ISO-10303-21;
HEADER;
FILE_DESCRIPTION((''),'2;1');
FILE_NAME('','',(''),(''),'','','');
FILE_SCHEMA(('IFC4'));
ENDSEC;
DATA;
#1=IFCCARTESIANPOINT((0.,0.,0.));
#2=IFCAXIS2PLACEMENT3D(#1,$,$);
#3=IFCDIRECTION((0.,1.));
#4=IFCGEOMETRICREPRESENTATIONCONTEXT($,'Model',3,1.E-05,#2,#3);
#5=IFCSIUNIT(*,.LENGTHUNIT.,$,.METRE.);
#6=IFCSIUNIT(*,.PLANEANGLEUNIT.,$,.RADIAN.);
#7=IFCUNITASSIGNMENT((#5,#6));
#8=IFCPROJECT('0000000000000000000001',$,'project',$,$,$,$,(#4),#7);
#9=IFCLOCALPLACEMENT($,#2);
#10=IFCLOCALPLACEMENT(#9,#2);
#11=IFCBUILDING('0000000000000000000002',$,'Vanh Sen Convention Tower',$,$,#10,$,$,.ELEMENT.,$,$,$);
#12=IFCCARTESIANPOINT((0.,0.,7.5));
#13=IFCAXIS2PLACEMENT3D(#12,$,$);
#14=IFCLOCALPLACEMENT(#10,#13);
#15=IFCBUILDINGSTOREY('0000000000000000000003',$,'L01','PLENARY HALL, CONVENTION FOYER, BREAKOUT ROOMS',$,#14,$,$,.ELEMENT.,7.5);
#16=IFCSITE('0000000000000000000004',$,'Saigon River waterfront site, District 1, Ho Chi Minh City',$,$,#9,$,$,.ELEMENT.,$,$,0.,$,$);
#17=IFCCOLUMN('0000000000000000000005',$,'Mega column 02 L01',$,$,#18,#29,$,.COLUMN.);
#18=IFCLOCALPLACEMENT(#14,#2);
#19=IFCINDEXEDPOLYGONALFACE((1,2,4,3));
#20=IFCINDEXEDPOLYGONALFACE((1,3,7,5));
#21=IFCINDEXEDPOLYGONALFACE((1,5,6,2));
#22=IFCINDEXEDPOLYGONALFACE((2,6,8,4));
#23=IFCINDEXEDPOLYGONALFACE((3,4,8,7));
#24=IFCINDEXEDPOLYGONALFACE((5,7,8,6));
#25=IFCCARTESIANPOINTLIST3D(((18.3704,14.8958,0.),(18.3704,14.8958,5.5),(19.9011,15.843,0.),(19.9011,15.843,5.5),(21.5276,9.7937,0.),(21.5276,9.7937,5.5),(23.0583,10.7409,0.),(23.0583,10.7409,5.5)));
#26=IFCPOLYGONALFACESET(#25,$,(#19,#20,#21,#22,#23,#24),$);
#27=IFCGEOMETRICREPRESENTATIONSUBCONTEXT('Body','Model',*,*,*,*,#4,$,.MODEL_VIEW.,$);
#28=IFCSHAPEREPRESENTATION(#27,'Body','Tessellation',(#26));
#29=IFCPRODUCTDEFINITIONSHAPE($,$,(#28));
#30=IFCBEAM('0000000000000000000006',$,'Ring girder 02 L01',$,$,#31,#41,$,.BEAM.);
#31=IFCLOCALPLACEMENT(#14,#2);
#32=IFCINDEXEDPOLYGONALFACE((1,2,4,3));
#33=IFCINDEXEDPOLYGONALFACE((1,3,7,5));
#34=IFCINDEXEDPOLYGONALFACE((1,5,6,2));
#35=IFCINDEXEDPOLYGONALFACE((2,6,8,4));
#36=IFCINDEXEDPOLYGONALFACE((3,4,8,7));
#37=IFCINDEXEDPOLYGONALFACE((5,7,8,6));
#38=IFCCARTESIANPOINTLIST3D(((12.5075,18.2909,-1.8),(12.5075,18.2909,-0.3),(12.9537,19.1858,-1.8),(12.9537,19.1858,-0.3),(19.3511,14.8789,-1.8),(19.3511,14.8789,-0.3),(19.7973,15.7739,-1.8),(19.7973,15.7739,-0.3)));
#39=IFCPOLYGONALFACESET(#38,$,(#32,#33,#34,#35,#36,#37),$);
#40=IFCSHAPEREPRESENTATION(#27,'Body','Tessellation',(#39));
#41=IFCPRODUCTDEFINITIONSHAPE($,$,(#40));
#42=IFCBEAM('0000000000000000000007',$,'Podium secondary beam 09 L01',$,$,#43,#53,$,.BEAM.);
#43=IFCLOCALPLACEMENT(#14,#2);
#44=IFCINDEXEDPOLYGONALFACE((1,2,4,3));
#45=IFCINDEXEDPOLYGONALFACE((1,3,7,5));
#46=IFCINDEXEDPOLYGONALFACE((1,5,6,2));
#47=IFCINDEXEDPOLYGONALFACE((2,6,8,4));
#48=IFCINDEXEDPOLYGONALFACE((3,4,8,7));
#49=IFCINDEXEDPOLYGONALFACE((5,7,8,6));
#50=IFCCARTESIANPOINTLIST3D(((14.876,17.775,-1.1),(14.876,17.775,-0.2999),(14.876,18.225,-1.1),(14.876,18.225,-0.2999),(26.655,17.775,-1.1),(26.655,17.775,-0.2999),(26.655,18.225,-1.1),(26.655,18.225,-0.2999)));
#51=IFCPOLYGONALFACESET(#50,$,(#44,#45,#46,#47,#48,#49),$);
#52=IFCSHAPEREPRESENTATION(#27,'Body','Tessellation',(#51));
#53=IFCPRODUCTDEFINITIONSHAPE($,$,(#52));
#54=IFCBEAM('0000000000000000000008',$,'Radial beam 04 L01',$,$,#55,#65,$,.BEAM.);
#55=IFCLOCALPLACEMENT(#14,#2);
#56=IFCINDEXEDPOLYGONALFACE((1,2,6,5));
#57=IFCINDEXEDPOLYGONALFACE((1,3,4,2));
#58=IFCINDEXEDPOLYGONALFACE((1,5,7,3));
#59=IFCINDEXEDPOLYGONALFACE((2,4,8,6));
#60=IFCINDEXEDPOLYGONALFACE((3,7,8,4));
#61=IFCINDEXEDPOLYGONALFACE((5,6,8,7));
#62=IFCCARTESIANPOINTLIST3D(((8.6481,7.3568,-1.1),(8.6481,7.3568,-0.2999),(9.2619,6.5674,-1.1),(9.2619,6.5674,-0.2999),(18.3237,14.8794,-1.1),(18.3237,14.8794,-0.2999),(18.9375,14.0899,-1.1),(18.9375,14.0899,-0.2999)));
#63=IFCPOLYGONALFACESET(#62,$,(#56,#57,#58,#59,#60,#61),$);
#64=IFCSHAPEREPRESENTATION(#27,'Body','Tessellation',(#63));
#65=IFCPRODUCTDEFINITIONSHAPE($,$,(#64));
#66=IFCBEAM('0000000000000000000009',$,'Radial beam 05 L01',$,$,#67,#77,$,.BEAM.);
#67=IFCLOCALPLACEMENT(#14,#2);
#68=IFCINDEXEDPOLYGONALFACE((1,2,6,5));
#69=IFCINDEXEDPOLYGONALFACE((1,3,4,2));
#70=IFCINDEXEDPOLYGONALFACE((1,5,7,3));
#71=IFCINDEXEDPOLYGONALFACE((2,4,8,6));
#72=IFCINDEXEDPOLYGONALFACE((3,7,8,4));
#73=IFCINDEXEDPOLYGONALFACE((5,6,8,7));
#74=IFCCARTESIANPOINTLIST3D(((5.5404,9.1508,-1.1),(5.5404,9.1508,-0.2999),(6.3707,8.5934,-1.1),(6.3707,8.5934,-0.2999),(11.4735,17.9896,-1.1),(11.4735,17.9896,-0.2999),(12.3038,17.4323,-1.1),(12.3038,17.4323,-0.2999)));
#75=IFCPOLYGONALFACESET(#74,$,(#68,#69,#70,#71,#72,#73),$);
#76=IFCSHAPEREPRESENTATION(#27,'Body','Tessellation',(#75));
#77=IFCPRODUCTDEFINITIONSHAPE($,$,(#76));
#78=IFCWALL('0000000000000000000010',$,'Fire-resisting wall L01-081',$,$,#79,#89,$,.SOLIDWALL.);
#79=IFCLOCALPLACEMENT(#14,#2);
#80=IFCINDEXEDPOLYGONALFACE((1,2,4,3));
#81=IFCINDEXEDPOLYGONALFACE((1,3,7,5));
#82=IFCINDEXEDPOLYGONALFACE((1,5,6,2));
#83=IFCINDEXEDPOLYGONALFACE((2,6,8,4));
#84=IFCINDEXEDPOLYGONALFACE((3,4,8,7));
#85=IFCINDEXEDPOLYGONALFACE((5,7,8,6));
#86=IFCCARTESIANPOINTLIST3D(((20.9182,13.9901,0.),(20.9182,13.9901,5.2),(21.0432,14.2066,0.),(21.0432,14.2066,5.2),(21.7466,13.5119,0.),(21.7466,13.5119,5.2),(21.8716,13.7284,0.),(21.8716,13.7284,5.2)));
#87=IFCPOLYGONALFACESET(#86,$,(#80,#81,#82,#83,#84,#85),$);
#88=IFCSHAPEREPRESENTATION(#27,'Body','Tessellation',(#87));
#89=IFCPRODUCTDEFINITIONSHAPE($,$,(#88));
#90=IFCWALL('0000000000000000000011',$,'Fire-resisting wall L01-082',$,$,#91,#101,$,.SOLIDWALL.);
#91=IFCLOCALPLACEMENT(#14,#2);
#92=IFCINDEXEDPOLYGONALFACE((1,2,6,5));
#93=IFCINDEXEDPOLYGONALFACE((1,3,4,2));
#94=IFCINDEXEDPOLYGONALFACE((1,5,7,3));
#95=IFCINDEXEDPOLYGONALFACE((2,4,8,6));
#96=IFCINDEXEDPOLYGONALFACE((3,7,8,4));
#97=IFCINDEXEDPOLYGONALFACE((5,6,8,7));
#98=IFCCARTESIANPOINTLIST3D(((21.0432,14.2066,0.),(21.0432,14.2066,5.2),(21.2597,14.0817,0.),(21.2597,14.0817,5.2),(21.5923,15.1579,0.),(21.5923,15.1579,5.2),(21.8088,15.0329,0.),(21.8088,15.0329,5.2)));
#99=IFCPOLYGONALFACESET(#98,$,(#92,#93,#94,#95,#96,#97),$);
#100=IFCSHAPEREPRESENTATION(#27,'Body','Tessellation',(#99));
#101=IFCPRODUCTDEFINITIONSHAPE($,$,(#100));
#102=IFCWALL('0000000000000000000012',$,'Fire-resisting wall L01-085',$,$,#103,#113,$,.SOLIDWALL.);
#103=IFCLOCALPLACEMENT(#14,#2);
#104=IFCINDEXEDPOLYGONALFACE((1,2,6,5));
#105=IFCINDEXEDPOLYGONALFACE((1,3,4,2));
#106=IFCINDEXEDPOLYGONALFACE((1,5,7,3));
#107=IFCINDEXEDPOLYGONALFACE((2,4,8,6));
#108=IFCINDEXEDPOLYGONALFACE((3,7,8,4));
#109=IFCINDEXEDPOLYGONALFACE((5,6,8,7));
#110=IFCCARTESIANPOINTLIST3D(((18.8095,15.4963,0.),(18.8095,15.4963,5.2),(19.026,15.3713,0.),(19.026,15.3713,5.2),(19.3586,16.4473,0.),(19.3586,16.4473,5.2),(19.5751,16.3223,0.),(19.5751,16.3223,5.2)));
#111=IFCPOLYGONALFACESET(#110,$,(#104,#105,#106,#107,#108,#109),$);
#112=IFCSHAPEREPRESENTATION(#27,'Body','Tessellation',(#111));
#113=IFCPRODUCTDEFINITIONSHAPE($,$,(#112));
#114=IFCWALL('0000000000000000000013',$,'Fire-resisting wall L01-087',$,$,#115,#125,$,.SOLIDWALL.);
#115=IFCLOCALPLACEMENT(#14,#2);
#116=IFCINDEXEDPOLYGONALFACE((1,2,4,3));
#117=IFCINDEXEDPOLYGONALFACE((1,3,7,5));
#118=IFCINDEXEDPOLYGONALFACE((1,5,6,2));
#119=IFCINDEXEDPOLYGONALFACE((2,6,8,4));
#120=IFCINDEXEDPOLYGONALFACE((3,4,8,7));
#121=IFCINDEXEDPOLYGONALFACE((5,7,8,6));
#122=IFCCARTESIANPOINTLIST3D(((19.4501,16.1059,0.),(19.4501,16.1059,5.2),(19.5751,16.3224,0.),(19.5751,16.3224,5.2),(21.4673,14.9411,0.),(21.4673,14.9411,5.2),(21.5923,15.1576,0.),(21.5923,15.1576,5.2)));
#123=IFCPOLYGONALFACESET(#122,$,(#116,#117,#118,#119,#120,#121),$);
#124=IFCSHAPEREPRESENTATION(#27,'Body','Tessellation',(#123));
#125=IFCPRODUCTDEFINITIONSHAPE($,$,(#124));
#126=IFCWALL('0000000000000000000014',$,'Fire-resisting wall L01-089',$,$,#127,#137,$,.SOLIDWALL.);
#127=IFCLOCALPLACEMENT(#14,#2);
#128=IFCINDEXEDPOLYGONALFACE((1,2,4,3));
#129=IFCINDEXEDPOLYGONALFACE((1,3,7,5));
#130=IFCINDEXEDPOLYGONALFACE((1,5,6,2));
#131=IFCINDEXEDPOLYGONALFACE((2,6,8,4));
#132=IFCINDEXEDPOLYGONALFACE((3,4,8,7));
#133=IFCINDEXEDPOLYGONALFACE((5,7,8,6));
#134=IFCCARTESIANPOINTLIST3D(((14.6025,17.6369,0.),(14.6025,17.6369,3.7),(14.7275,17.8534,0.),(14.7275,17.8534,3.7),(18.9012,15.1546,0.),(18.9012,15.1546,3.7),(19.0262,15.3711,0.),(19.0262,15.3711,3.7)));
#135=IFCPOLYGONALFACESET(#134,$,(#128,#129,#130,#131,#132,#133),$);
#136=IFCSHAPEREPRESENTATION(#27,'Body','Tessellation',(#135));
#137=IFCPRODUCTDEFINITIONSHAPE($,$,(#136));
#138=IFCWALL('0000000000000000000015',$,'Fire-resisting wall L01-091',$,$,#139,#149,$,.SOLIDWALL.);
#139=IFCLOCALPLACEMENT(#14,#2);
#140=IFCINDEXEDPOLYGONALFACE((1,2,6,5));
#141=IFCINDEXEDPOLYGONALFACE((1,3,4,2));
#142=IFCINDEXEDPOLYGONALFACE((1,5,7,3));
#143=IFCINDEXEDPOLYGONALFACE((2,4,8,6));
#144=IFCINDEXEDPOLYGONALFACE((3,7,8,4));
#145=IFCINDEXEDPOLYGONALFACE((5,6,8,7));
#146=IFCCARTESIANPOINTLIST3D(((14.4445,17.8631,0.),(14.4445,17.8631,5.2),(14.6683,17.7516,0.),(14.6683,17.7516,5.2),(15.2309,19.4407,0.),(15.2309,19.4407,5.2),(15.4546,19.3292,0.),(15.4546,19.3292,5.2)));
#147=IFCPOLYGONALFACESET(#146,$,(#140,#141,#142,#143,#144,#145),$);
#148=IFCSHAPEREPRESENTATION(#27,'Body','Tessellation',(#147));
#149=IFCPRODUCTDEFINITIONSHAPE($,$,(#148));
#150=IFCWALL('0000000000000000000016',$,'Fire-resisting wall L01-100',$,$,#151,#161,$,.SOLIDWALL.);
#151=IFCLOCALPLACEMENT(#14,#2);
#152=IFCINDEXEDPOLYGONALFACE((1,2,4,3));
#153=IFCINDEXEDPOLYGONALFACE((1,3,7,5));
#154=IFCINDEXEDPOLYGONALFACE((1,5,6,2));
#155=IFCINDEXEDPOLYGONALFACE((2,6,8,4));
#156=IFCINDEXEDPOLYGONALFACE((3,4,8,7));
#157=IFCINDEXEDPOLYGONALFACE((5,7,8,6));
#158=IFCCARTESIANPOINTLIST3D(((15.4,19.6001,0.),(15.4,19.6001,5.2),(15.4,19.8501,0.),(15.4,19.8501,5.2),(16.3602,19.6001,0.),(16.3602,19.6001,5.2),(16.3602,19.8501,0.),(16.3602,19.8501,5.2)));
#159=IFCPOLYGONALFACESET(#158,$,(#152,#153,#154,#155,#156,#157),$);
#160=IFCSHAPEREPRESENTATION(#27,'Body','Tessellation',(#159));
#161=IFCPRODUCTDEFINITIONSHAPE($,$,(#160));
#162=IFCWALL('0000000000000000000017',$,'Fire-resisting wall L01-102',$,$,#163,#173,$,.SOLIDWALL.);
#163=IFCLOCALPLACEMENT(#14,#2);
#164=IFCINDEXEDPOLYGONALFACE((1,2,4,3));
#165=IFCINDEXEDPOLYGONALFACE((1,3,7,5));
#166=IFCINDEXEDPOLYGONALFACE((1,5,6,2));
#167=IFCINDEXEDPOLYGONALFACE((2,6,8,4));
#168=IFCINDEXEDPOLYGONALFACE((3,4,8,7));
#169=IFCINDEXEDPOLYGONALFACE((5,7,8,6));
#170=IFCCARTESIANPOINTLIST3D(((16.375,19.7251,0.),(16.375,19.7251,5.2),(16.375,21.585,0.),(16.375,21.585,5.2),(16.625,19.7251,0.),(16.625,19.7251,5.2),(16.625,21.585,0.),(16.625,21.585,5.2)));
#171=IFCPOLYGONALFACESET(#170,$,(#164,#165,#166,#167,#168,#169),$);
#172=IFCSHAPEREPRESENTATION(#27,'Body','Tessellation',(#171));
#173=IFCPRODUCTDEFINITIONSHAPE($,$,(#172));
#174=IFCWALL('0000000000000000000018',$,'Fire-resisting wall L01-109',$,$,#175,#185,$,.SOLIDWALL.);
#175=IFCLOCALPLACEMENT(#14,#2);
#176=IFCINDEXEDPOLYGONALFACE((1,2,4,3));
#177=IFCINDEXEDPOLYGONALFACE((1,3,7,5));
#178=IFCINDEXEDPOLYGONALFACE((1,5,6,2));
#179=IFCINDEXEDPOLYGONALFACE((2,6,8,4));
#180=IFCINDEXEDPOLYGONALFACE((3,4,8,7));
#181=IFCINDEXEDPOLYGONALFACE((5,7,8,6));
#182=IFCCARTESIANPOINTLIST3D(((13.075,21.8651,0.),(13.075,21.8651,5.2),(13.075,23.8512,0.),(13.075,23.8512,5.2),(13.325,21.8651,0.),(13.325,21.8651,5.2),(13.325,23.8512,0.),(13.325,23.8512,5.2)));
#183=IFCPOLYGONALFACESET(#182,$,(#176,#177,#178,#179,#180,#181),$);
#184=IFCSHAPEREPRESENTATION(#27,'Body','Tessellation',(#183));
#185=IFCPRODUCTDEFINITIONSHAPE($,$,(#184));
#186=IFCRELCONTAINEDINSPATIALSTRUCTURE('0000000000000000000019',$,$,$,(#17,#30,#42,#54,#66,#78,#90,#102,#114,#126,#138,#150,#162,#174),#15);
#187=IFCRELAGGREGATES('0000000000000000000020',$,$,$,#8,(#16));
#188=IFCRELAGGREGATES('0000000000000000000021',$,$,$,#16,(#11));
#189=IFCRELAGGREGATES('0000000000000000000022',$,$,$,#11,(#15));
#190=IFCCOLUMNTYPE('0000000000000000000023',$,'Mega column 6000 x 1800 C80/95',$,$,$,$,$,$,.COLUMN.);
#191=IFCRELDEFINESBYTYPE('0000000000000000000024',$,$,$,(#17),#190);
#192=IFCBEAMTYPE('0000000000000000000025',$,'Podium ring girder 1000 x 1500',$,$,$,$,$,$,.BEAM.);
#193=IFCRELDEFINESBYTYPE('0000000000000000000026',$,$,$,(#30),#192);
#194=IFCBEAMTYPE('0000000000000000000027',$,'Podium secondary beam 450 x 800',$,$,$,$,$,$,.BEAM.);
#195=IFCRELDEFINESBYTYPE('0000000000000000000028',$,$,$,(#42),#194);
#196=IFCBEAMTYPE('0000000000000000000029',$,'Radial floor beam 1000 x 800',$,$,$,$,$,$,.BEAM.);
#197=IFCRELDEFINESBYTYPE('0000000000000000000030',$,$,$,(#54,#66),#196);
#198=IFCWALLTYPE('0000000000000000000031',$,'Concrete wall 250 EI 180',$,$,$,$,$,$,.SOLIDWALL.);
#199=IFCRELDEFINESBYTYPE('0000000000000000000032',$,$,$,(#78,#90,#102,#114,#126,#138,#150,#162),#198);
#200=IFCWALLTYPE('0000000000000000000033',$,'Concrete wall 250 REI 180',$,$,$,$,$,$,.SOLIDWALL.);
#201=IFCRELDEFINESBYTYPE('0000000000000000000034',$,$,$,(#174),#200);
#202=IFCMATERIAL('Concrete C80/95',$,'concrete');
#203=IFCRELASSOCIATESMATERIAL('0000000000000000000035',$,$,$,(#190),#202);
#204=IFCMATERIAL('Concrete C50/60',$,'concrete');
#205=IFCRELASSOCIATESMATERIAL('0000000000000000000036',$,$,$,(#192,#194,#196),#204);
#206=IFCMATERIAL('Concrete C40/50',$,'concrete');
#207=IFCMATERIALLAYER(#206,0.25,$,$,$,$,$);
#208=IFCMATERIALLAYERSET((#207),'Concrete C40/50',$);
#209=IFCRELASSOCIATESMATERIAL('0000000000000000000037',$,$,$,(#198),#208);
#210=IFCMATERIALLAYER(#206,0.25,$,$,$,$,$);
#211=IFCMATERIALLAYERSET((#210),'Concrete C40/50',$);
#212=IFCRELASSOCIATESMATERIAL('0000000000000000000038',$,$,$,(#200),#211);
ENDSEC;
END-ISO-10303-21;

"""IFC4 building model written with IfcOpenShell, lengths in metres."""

from ifc_helpers import new_model, si_unit, direction, frame, frame_2d, origin, origin_2d, place, context, subcontext, project, spatial, rectangle, extrude, material, layer, layer_set, material_profile, profile_set, type_object, element, save


model = new_model("IFC4")

# Units and contexts
model_context = context("Model", 3, precision=1e-05, world=origin(), true_north=direction((0.0, 1.0)))
body_context = subcontext(model_context, "Body", "Model", "MODEL_VIEW")
ifc_project = project(units=[si_unit("LENGTHUNIT", "METRE"), si_unit("PLANEANGLEUNIT", "RADIAN")], contexts=[model_context])

# Site, building, storey
site_placement = place(None, origin())
site = spatial("IfcSite", under=ifc_project, at=site_placement, Name="Saigon River waterfront site, District 1, Ho Chi Minh City", CompositionType="ELEMENT", RefElevation=0.0)
building_placement = place(site_placement, origin())
building = spatial("IfcBuilding", under=site, at=building_placement, Name="Vanh Sen Convention Tower", CompositionType="ELEMENT")
storey_placement = place(building_placement, frame((0.0, 0.0, 7.5)))
storey = spatial("IfcBuildingStorey", under=building, at=storey_placement, Name="L01", Description="PLENARY HALL, CONVENTION FOYER, BREAKOUT ROOMS", CompositionType="ELEMENT", Elevation=7.5)

# Column
ifc_material_1 = material(Name="Concrete C80/95", Category="concrete")
ifc_material_profile_1 = material_profile(ifc_material_1, rectangle(XDim=6.0, YDim=1.8, at=origin_2d()), Name="RC 6000X1800")
ifc_profile_set_1 = profile_set([ifc_material_profile_1], Name="Concrete C80/95")
column_type = type_object("IfcColumnType", Name="Mega column 6000 x 1800 C80/95", PredefinedType="COLUMN", material=ifc_profile_set_1)
column_placement = place(storey_placement, frame((20.7144, 12.8184, 0.0), z_axis=(0.0, 0.0, 1.0), x_axis=(-0.526211, 0.850354, 0.0)))
element("IfcColumn", 1, at=column_placement, inside=storey, type_object=column_type, Name="Mega column 02 L01", PredefinedType="COLUMN", context=body_context, shape_type="SweptSolid", body=[
    extrude(rectangle(XDim=6.0, YDim=1.8, at=origin_2d()), origin(), (0.0, 0.0, 1.0), 5.5),
])

# Beams
ifc_material_2 = material(Name="Concrete C50/60", Category="concrete")
ifc_material_profile_2 = material_profile(ifc_material_2, rectangle(XDim=1.0, YDim=1.5, at=origin_2d()), Name="RC 1000X1500")
ifc_profile_set_2 = profile_set([ifc_material_profile_2], Name="Concrete C50/60")
beam_type_1 = type_object("IfcBeamType", Name="Podium ring girder 1000 x 1500", PredefinedType="BEAM", material=ifc_profile_set_2)
beam_1_placement = place(storey_placement, frame((19.5742, 15.3264, -1.05), z_axis=(-0.894944, 0.446179, 0.0), x_axis=(-0.446179, -0.894944, 0.0)))
element("IfcBeam", 2, at=beam_1_placement, inside=storey, type_object=beam_type_1, Name="Ring girder 02 L01", PredefinedType="BEAM", context=body_context, shape_type="SweptSolid", body=[
    extrude(rectangle(XDim=1.0, YDim=1.5, at=origin_2d()), origin(), (0.0, 0.0, 1.0), 7.647),
])
ifc_material_profile_3 = material_profile(ifc_material_2, rectangle(XDim=0.45, YDim=0.8, at=origin_2d()), Name="RC 450X800")
ifc_profile_set_3 = profile_set([ifc_material_profile_3], Name="Concrete C50/60")
beam_type_2 = type_object("IfcBeamType", Name="Podium secondary beam 450 x 800", PredefinedType="BEAM", material=ifc_profile_set_3)
beam_2_placement = place(storey_placement, frame((14.876, 18.0, -0.7), z_axis=(1.0, 0.0, 0.0), x_axis=(0.0, 1.0, 0.0)))
element("IfcBeam", 3, at=beam_2_placement, inside=storey, type_object=beam_type_2, Name="Podium secondary beam 09 L01", PredefinedType="BEAM", context=body_context, shape_type="SweptSolid", body=[
    extrude(rectangle(XDim=0.45, YDim=0.8, at=origin_2d()), origin(), (0.0, 0.0, 1.0), 11.7791),
])
ifc_material_profile_4 = material_profile(ifc_material_2, rectangle(XDim=1.0, YDim=0.8, at=origin_2d()), Name="RC 1000X800")
ifc_profile_set_4 = profile_set([ifc_material_profile_4], Name="Concrete C50/60")
beam_type_3 = type_object("IfcBeamType", Name="Radial floor beam 1000 x 800", PredefinedType="BEAM", material=ifc_profile_set_4)
beam_3_placement = place(storey_placement, frame((18.6306, 14.4846, -0.7), z_axis=(-0.789469, -0.61379, 0.0), x_axis=(0.61379, -0.789469, 0.0)))
element("IfcBeam", 4, at=beam_3_placement, inside=storey, type_object=beam_type_3, Name="Radial beam 04 L01", PredefinedType="BEAM", context=body_context, shape_type="SweptSolid", body=[
    extrude(rectangle(XDim=1.0, YDim=0.8, at=origin_2d()), origin(), (0.0, 0.0, 1.0), 12.2559),
])
beam_4_placement = place(storey_placement, frame((11.8887, 17.7109, -0.7), z_axis=(-0.557333, -0.830289, 0.0), x_axis=(0.830289, -0.557333, 0.0)))
element("IfcBeam", 5, at=beam_4_placement, inside=storey, type_object=beam_type_3, Name="Radial beam 05 L01", PredefinedType="BEAM", context=body_context, shape_type="SweptSolid", body=[
    extrude(rectangle(XDim=1.0, YDim=0.8, at=origin_2d()), origin(), (0.0, 0.0, 1.0), 10.6455),
])

# Walls
ifc_material_3 = material(Name="Concrete C40/50", Category="concrete")
ifc_layer_1 = layer(ifc_material_3, 0.25)
ifc_layer_set_1 = layer_set([ifc_layer_1], Name="Concrete C40/50")
wall_type_1 = type_object("IfcWallType", Name="Concrete wall 250 EI 180", PredefinedType="SOLIDWALL", material=ifc_layer_set_1)
wall_1_placement = place(storey_placement, frame((20.9807, 14.0984, 0.0), z_axis=(0.0, 0.0, 1.0), x_axis=(0.86602, -0.50001, 0.0)))
element("IfcWall", 6, at=wall_1_placement, inside=storey, type_object=wall_type_1, Name="Fire-resisting wall L01-081", PredefinedType="SOLIDWALL", context=body_context, shape_type="SweptSolid", body=[
    extrude(rectangle(XDim=0.9565, YDim=0.25, at=frame_2d((0.4783, 0.0))), origin(), (0.0, 0.0, 1.0), 5.2),
])
wall_2_placement = place(storey_placement, frame((21.1514, 14.144, 0.0), z_axis=(0.0, 0.0, 1.0), x_axis=(0.499941, 0.86606, 0.0)))
element("IfcWall", 7, at=wall_2_placement, inside=storey, type_object=wall_type_1, Name="Fire-resisting wall L01-082", PredefinedType="SOLIDWALL", context=body_context, shape_type="SweptSolid", body=[
    extrude(rectangle(XDim=1.0984, YDim=0.25, at=frame_2d((0.5493, 0.0))), origin(), (0.0, 0.0, 1.0), 5.2),
])
wall_3_placement = place(storey_placement, frame((18.9177, 15.4338, 0.0), z_axis=(0.0, 0.0, 1.0), x_axis=(0.500037, 0.866004, 0.0)))
element("IfcWall", 8, at=wall_3_placement, inside=storey, type_object=wall_type_1, Name="Fire-resisting wall L01-085", PredefinedType="SOLIDWALL", context=body_context, shape_type="SweptSolid", body=[
    extrude(rectangle(XDim=1.0981, YDim=0.25, at=frame_2d((0.5491, 0.0))), origin(), (0.0, 0.0, 1.0), 5.2),
])
wall_4_placement = place(storey_placement, frame((19.5127, 16.2141, 0.0), z_axis=(0.0, 0.0, 1.0), x_axis=(0.865983, -0.500073, 0.0)))
element("IfcWall", 9, at=wall_4_placement, inside=storey, type_object=wall_type_1, Name="Fire-resisting wall L01-087", PredefinedType="SOLIDWALL", context=body_context, shape_type="SweptSolid", body=[
    extrude(rectangle(XDim=2.3293, YDim=0.25, at=frame_2d((1.1646, 0.0))), origin(), (0.0, 0.0, 1.0), 5.2),
])
wall_5_placement = place(storey_placement, frame((14.665, 17.7451, 0.0), z_axis=(0.0, 0.0, 1.0), x_axis=(0.865991, -0.500059, 0.0)))
element("IfcWall", 10, at=wall_5_placement, inside=storey, type_object=wall_type_1, Name="Fire-resisting wall L01-089", PredefinedType="SOLIDWALL", context=body_context, shape_type="SweptSolid", body=[
    extrude(rectangle(XDim=4.9639, YDim=0.25, at=frame_2d((2.4819, 0.0))), origin(), (0.0, 0.0, 1.0), 3.7),
])
wall_6_placement = place(storey_placement, frame((14.5564, 17.8074, 0.0), z_axis=(0.0, 0.0, 1.0), x_axis=(0.446105, 0.894981, 0.0)))
element("IfcWall", 11, at=wall_6_placement, inside=storey, type_object=wall_type_1, Name="Fire-resisting wall L01-091", PredefinedType="SOLIDWALL", context=body_context, shape_type="SweptSolid", body=[
    extrude(rectangle(XDim=1.7627, YDim=0.25, at=frame_2d((0.8813, 0.0))), origin(), (0.0, 0.0, 1.0), 5.2),
])
wall_7_placement = place(storey_placement, frame((16.3601, 19.7251, 0.0), z_axis=(0.0, 0.0, 1.0), x_axis=(-1.0, 0.0, 0.0)))
element("IfcWall", 12, at=wall_7_placement, inside=storey, type_object=wall_type_1, Name="Fire-resisting wall L01-100", PredefinedType="SOLIDWALL", context=body_context, shape_type="SweptSolid", body=[
    extrude(rectangle(XDim=0.9602, YDim=0.25, at=frame_2d((0.48, 0.0))), origin(), (0.0, 0.0, 1.0), 5.2),
])
wall_8_placement = place(storey_placement, frame((16.5, 21.585, 0.0), z_axis=(0.0, 0.0, 1.0), x_axis=(0.0, -1.0, 0.0)))
element("IfcWall", 13, at=wall_8_placement, inside=storey, type_object=wall_type_1, Name="Fire-resisting wall L01-102", PredefinedType="SOLIDWALL", context=body_context, shape_type="SweptSolid", body=[
    extrude(rectangle(XDim=1.8599, YDim=0.25, at=frame_2d((0.9299, 0.0))), origin(), (0.0, 0.0, 1.0), 5.2),
])

# Shared definitions
ifc_layer_2 = layer(ifc_material_3, 0.25)
ifc_layer_set_2 = layer_set([ifc_layer_2], Name="Concrete C40/50")
wall_type_2 = type_object("IfcWallType", Name="Concrete wall 250 REI 180", PredefinedType="SOLIDWALL", material=ifc_layer_set_2)

# Wall
wall_9_placement = place(storey_placement, frame((13.2, 21.865, 0.0), z_axis=(0.0, 0.0, 1.0), x_axis=(0.0, 1.0, 0.0)))
element("IfcWall", 14, at=wall_9_placement, inside=storey, type_object=wall_type_2, Name="Fire-resisting wall L01-109", PredefinedType="SOLIDWALL", context=body_context, shape_type="SweptSolid", body=[
    extrude(rectangle(XDim=1.9861, YDim=0.25, at=frame_2d((0.9932, 0.0))), origin(), (0.0, 0.0, 1.0), 5.2),
])

save(model, "model.ifc")
